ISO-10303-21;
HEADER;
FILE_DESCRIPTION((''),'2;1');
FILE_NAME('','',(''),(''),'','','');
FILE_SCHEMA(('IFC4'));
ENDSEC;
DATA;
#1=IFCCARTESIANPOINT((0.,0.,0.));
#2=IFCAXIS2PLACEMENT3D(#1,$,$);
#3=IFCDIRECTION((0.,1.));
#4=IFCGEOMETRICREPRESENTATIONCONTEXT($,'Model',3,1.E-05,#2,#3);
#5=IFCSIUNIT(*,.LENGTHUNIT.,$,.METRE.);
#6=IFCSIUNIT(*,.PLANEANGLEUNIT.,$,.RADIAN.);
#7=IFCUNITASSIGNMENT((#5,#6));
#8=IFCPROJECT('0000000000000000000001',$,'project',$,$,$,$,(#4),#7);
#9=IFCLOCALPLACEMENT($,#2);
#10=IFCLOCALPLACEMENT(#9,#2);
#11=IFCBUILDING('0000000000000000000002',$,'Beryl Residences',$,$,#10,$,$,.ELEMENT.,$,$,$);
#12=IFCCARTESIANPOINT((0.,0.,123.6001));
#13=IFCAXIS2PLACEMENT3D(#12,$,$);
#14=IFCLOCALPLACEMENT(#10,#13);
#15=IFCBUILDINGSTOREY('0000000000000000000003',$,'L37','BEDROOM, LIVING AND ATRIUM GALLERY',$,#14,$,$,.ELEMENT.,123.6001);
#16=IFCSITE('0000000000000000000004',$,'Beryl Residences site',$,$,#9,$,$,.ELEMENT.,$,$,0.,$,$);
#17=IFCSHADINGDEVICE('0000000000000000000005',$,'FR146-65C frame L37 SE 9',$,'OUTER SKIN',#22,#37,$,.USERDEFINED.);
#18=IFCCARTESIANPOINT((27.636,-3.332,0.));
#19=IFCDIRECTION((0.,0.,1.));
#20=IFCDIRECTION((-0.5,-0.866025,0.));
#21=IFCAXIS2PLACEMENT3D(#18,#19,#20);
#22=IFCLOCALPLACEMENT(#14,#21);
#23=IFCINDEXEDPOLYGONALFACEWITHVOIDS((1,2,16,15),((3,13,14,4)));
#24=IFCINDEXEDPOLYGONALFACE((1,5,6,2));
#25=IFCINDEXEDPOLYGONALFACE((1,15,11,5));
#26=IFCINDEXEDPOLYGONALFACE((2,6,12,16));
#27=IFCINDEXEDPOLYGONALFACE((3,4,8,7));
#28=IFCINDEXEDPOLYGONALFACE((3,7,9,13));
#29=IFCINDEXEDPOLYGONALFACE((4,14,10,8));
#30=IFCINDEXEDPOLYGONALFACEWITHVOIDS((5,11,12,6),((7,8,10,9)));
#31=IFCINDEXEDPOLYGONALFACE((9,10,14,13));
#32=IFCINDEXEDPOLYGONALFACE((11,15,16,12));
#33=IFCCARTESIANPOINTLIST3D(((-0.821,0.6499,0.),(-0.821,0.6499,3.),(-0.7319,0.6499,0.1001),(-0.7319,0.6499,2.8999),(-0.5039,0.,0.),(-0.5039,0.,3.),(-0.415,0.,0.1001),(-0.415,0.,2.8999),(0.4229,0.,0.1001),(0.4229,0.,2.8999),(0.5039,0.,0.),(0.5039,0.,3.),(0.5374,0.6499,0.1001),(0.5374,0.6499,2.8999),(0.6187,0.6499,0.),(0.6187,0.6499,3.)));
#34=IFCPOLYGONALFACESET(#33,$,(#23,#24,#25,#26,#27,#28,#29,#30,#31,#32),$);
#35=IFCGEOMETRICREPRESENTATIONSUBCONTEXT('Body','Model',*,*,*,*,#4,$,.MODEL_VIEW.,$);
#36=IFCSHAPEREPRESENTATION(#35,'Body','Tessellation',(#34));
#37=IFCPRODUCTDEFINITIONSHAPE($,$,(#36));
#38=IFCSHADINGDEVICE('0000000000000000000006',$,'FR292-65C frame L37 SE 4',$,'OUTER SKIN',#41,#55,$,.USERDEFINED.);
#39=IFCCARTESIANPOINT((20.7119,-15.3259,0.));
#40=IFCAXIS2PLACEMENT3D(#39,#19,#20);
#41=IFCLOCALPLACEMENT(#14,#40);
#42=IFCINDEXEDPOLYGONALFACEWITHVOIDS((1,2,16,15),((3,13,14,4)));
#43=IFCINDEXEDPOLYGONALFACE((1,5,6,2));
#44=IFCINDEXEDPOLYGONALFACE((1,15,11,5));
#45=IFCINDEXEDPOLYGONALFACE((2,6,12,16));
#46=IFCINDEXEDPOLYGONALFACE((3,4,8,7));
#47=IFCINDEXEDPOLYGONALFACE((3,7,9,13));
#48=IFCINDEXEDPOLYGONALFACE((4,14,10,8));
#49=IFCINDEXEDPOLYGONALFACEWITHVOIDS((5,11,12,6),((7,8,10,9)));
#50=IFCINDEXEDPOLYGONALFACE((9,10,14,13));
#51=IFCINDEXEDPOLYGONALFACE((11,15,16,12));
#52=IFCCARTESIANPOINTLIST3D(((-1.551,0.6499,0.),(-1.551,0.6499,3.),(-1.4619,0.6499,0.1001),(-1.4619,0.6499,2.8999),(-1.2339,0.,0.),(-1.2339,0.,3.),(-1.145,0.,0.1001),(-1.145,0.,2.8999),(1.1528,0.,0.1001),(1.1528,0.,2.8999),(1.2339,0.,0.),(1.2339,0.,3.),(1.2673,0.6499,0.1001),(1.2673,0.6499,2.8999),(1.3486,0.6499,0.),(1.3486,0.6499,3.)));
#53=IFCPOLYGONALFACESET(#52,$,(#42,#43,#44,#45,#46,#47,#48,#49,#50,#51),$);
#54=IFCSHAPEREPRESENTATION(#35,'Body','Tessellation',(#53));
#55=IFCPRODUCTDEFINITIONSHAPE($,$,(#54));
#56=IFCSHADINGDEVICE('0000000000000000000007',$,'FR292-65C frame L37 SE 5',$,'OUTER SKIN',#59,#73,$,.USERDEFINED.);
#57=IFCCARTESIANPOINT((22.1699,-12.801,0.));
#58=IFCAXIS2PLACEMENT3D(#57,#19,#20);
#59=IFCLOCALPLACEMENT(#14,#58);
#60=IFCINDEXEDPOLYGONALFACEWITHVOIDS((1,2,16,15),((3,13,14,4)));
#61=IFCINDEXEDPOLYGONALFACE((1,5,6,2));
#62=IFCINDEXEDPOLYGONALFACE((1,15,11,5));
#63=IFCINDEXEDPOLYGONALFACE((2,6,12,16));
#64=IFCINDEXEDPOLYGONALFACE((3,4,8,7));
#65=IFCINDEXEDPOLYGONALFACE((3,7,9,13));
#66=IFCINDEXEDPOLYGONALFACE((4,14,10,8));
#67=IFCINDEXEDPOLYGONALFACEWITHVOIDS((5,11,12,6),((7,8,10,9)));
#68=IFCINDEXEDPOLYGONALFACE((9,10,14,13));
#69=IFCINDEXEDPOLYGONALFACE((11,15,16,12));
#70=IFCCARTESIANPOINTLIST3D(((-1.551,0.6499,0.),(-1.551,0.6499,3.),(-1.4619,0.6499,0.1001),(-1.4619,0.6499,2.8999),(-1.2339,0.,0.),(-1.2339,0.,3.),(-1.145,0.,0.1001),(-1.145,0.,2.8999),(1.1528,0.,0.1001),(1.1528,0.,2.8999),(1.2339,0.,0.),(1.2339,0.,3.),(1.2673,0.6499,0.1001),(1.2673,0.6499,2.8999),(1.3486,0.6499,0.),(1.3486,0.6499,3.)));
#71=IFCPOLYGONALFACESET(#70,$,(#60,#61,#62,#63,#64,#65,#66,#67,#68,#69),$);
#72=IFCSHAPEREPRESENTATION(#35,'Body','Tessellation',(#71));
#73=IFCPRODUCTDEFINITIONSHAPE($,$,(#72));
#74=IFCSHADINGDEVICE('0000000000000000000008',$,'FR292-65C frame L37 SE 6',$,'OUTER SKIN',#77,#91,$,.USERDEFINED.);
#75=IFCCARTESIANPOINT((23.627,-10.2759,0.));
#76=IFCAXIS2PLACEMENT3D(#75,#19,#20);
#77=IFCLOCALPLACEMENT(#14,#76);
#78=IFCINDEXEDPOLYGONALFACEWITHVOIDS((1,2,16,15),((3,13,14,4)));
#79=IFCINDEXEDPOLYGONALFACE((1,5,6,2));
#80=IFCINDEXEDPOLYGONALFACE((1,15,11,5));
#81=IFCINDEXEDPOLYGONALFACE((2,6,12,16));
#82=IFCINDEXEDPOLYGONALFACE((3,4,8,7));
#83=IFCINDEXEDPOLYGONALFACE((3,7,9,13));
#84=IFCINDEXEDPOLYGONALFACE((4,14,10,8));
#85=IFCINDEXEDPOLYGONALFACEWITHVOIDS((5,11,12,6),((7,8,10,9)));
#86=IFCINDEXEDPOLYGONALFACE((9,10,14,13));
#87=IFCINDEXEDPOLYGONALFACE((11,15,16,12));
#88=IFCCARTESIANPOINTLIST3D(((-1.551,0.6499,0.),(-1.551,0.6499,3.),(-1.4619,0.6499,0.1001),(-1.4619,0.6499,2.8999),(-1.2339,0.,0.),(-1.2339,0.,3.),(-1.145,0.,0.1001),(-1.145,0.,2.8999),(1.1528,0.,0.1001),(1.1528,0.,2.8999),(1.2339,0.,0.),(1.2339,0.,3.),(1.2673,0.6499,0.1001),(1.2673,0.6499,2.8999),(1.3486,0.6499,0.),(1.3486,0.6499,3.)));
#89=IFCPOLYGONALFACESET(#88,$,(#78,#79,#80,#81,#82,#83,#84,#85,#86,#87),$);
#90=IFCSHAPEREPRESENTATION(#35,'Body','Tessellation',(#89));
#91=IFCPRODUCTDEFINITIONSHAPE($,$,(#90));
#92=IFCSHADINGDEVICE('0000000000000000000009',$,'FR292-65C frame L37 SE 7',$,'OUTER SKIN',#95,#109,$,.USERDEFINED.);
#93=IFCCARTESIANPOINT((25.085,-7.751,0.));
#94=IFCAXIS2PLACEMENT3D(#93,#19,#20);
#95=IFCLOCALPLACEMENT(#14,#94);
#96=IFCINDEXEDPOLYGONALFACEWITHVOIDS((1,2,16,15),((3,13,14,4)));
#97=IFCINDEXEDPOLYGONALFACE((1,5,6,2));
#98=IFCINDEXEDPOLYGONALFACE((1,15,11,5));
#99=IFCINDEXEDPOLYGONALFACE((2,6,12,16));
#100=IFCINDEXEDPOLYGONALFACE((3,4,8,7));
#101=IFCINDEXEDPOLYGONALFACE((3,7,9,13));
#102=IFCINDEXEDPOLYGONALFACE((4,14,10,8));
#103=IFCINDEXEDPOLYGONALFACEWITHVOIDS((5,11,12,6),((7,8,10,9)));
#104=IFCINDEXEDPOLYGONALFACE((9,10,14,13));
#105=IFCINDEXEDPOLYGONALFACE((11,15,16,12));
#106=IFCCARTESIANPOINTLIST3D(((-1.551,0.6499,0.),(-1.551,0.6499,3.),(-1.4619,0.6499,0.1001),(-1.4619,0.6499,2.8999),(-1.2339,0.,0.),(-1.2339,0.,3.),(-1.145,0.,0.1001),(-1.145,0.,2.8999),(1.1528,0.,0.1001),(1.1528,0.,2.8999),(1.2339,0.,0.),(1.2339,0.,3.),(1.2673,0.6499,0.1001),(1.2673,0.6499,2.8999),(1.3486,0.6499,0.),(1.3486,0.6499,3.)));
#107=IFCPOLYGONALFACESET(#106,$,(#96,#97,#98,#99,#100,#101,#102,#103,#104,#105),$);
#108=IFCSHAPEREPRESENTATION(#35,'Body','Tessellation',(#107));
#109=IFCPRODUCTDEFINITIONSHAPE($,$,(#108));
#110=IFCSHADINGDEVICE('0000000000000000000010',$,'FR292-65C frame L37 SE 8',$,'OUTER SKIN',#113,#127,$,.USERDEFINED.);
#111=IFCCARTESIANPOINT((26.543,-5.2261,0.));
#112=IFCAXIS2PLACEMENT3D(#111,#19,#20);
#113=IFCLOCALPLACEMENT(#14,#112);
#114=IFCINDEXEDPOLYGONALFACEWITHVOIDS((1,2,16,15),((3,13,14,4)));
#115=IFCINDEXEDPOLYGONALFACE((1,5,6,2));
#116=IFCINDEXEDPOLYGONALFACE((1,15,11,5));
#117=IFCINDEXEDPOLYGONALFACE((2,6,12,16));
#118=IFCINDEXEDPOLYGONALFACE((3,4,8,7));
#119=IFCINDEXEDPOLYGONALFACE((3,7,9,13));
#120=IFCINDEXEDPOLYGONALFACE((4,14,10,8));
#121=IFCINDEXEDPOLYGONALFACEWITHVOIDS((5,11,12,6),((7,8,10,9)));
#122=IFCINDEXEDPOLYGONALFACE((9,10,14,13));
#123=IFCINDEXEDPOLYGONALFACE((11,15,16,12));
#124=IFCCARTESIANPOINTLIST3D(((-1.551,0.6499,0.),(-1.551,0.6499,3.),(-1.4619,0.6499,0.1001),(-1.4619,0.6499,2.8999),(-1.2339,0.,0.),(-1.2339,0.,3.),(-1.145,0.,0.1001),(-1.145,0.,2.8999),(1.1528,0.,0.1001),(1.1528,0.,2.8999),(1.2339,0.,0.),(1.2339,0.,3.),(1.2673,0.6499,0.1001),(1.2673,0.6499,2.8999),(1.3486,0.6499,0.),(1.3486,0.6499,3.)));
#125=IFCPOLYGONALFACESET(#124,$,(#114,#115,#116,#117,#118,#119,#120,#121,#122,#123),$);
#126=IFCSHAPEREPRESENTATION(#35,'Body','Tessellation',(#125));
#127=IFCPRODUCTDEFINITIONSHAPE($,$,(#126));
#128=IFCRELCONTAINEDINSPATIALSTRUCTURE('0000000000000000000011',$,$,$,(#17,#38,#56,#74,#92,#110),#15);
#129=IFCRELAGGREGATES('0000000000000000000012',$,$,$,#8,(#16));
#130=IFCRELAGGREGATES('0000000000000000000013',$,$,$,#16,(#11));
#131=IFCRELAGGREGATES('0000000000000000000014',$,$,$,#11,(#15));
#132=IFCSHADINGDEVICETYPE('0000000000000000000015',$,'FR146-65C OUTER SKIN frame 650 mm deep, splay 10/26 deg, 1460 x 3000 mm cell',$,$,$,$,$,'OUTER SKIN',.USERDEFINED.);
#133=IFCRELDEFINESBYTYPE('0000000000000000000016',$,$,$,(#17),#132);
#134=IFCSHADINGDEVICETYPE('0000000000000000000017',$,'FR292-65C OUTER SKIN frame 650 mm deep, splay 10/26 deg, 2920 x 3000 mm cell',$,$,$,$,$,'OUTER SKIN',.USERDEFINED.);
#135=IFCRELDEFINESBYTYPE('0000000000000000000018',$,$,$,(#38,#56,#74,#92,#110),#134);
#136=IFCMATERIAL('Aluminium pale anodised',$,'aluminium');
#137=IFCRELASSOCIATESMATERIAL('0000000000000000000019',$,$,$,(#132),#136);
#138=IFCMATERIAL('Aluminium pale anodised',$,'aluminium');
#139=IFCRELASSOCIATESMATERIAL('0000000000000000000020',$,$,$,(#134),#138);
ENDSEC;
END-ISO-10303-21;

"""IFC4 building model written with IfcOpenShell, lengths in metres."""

from ifc_helpers import new_model, entity, si_unit, direction, frame, origin, place, context, subcontext, project, spatial, source, transform, mapped, material, type_object, type_shapes, element, save


model = new_model("IFC4")

# Units and contexts
model_context = context("Model", 3, precision=1e-05, world=origin(), true_north=direction((0.0, 1.0)))
body_context = subcontext(model_context, "Body", "Model", "MODEL_VIEW")
ifc_project = project(units=[si_unit("LENGTHUNIT", "METRE"), si_unit("PLANEANGLEUNIT", "RADIAN")], contexts=[model_context])

# Site, building, storey
site_placement = place(None, origin())
site = spatial("IfcSite", under=ifc_project, at=site_placement, Name="Beryl Residences site", CompositionType="ELEMENT", RefElevation=0.0)
building_placement = place(site_placement, origin())
building = spatial("IfcBuilding", under=site, at=building_placement, Name="Beryl Residences", CompositionType="ELEMENT")
storey_placement = place(building_placement, frame((0.0, 0.0, 123.6001)))
storey = spatial("IfcBuildingStorey", under=building, at=storey_placement, Name="L37", Description="BEDROOM, LIVING AND ATRIUM GALLERY", CompositionType="ELEMENT", Elevation=123.6001)

# Shading devices
ifc_material_1 = material(Name="Aluminium pale anodised", Category="aluminium")
shading_device_type_1 = type_object("IfcShadingDeviceType", Name="FR146-65C OUTER SKIN frame 650 mm deep, splay 10/26 deg, 1460 x 3000 mm cell", ElementType="OUTER SKIN", PredefinedType="USERDEFINED", material=ifc_material_1)
cartesian_point_1 = entity("IfcCartesianPoint", [-0.5039, 0.0])
cartesian_point_2 = entity("IfcCartesianPoint", [-0.4229, 0.1001])
cartesian_point_3 = entity("IfcCartesianPoint", [-0.6187, 0.0])
cartesian_point_4 = entity("IfcCartesianPoint", [-0.5374, 0.1001])
shared_shape_1 = source(origin(), body_context, "Body", "SweptSolid", [
    entity("IfcExtrudedAreaSolidTapered", entity("IfcArbitraryProfileDefWithVoids", "AREA", None, entity("IfcPolyline", [cartesian_point_1, entity("IfcCartesianPoint", [0.5039, 0.0]), entity("IfcCartesianPoint", [0.5039, 3.0]), entity("IfcCartesianPoint", [-0.5039, 3.0]), cartesian_point_1]), [entity("IfcPolyline", [cartesian_point_2, entity("IfcCartesianPoint", [0.415, 0.1001]), entity("IfcCartesianPoint", [0.415, 2.8999]), entity("IfcCartesianPoint", [-0.4229, 2.8999]), cartesian_point_2])]), entity("IfcAxis2Placement3D", entity("IfcCartesianPoint", [0.0, 0.0, 0.0]), entity("IfcDirection", [0.0, 1.0, 0.0]), entity("IfcDirection", [-1.0, 0.0, 0.0])), entity("IfcDirection", [0.0, 0.0, 1.0]), 0.6499, entity("IfcArbitraryProfileDefWithVoids", "AREA", None, entity("IfcPolyline", [cartesian_point_3, entity("IfcCartesianPoint", [0.821, 0.0]), entity("IfcCartesianPoint", [0.821, 3.0]), entity("IfcCartesianPoint", [-0.6187, 3.0]), cartesian_point_3]), [entity("IfcPolyline", [cartesian_point_4, entity("IfcCartesianPoint", [0.7319, 0.1001]), entity("IfcCartesianPoint", [0.7319, 2.8999]), entity("IfcCartesianPoint", [-0.5374, 2.8999]), cartesian_point_4])])),
])
type_shapes(shading_device_type_1, [shared_shape_1])
shading_device_placement = place(storey_placement, frame((27.636, -3.332, 0.0), z_axis=(0.0, 0.0, 1.0), x_axis=(-0.5, -0.866025, 0.0)))
element("IfcShadingDevice", 1, at=shading_device_placement, inside=storey, type_object=shading_device_type_1, Name="FR146-65C frame L37 SE 9", ObjectType="OUTER SKIN", PredefinedType="USERDEFINED", context=body_context, shape_type="MappedRepresentation", body=[
    mapped(shared_shape_1, transform((0.0, 0.0, 0.0))),
])
ifc_material_2 = material(Name="Aluminium pale anodised", Category="aluminium")
shading_device_type_2 = type_object("IfcShadingDeviceType", Name="FR292-65C OUTER SKIN frame 650 mm deep, splay 10/26 deg, 2920 x 3000 mm cell", ElementType="OUTER SKIN", PredefinedType="USERDEFINED", material=ifc_material_2)
cartesian_point_5 = entity("IfcCartesianPoint", [-1.2339, 0.0])
cartesian_point_6 = entity("IfcCartesianPoint", [-1.1528, 0.1001])
cartesian_point_7 = entity("IfcCartesianPoint", [-1.3486, 0.0])
cartesian_point_8 = entity("IfcCartesianPoint", [-1.2673, 0.1001])
shared_shape_2 = source(origin(), body_context, "Body", "SweptSolid", [
    entity("IfcExtrudedAreaSolidTapered", entity("IfcArbitraryProfileDefWithVoids", "AREA", None, entity("IfcPolyline", [cartesian_point_5, entity("IfcCartesianPoint", [1.2339, 0.0]), entity("IfcCartesianPoint", [1.2339, 3.0]), entity("IfcCartesianPoint", [-1.2339, 3.0]), cartesian_point_5]), [entity("IfcPolyline", [cartesian_point_6, entity("IfcCartesianPoint", [1.145, 0.1001]), entity("IfcCartesianPoint", [1.145, 2.8999]), entity("IfcCartesianPoint", [-1.1528, 2.8999]), cartesian_point_6])]), entity("IfcAxis2Placement3D", entity("IfcCartesianPoint", [0.0, 0.0, 0.0]), entity("IfcDirection", [0.0, 1.0, 0.0]), entity("IfcDirection", [-1.0, 0.0, 0.0])), entity("IfcDirection", [0.0, 0.0, 1.0]), 0.6499, entity("IfcArbitraryProfileDefWithVoids", "AREA", None, entity("IfcPolyline", [cartesian_point_7, entity("IfcCartesianPoint", [1.551, 0.0]), entity("IfcCartesianPoint", [1.551, 3.0]), entity("IfcCartesianPoint", [-1.3486, 3.0]), cartesian_point_7]), [entity("IfcPolyline", [cartesian_point_8, entity("IfcCartesianPoint", [1.4619, 0.1001]), entity("IfcCartesianPoint", [1.4619, 2.8999]), entity("IfcCartesianPoint", [-1.2673, 2.8999]), cartesian_point_8])])),
])
type_shapes(shading_device_type_2, [shared_shape_2])
for number, where, z_axis, x_axis, name in (
    (2, (20.7119, -15.3259, 0.0), (0.0, 0.0, 1.0), (-0.5, -0.866025, 0.0), "FR292-65C frame L37 SE 4"),
    (3, (22.1699, -12.801, 0.0), (0.0, 0.0, 1.0), (-0.5, -0.866025, 0.0), "FR292-65C frame L37 SE 5"),
    (4, (23.627, -10.2759, 0.0), (0.0, 0.0, 1.0), (-0.5, -0.866025, 0.0), "FR292-65C frame L37 SE 6"),
    (5, (25.085, -7.751, 0.0), (0.0, 0.0, 1.0), (-0.5, -0.866025, 0.0), "FR292-65C frame L37 SE 7"),
    (6, (26.543, -5.2261, 0.0), (0.0, 0.0, 1.0), (-0.5, -0.866025, 0.0), "FR292-65C frame L37 SE 8"),
):
    element("IfcShadingDevice", number, at=place(storey_placement, frame(where, z_axis=z_axis, x_axis=x_axis)), inside=storey, type_object=shading_device_type_2, Name=name, ObjectType="OUTER SKIN", PredefinedType="USERDEFINED", context=body_context, shape_type="MappedRepresentation", body=[
        mapped(shared_shape_2, transform((0.0, 0.0, 0.0))),
    ])

save(model, "model.ifc")
